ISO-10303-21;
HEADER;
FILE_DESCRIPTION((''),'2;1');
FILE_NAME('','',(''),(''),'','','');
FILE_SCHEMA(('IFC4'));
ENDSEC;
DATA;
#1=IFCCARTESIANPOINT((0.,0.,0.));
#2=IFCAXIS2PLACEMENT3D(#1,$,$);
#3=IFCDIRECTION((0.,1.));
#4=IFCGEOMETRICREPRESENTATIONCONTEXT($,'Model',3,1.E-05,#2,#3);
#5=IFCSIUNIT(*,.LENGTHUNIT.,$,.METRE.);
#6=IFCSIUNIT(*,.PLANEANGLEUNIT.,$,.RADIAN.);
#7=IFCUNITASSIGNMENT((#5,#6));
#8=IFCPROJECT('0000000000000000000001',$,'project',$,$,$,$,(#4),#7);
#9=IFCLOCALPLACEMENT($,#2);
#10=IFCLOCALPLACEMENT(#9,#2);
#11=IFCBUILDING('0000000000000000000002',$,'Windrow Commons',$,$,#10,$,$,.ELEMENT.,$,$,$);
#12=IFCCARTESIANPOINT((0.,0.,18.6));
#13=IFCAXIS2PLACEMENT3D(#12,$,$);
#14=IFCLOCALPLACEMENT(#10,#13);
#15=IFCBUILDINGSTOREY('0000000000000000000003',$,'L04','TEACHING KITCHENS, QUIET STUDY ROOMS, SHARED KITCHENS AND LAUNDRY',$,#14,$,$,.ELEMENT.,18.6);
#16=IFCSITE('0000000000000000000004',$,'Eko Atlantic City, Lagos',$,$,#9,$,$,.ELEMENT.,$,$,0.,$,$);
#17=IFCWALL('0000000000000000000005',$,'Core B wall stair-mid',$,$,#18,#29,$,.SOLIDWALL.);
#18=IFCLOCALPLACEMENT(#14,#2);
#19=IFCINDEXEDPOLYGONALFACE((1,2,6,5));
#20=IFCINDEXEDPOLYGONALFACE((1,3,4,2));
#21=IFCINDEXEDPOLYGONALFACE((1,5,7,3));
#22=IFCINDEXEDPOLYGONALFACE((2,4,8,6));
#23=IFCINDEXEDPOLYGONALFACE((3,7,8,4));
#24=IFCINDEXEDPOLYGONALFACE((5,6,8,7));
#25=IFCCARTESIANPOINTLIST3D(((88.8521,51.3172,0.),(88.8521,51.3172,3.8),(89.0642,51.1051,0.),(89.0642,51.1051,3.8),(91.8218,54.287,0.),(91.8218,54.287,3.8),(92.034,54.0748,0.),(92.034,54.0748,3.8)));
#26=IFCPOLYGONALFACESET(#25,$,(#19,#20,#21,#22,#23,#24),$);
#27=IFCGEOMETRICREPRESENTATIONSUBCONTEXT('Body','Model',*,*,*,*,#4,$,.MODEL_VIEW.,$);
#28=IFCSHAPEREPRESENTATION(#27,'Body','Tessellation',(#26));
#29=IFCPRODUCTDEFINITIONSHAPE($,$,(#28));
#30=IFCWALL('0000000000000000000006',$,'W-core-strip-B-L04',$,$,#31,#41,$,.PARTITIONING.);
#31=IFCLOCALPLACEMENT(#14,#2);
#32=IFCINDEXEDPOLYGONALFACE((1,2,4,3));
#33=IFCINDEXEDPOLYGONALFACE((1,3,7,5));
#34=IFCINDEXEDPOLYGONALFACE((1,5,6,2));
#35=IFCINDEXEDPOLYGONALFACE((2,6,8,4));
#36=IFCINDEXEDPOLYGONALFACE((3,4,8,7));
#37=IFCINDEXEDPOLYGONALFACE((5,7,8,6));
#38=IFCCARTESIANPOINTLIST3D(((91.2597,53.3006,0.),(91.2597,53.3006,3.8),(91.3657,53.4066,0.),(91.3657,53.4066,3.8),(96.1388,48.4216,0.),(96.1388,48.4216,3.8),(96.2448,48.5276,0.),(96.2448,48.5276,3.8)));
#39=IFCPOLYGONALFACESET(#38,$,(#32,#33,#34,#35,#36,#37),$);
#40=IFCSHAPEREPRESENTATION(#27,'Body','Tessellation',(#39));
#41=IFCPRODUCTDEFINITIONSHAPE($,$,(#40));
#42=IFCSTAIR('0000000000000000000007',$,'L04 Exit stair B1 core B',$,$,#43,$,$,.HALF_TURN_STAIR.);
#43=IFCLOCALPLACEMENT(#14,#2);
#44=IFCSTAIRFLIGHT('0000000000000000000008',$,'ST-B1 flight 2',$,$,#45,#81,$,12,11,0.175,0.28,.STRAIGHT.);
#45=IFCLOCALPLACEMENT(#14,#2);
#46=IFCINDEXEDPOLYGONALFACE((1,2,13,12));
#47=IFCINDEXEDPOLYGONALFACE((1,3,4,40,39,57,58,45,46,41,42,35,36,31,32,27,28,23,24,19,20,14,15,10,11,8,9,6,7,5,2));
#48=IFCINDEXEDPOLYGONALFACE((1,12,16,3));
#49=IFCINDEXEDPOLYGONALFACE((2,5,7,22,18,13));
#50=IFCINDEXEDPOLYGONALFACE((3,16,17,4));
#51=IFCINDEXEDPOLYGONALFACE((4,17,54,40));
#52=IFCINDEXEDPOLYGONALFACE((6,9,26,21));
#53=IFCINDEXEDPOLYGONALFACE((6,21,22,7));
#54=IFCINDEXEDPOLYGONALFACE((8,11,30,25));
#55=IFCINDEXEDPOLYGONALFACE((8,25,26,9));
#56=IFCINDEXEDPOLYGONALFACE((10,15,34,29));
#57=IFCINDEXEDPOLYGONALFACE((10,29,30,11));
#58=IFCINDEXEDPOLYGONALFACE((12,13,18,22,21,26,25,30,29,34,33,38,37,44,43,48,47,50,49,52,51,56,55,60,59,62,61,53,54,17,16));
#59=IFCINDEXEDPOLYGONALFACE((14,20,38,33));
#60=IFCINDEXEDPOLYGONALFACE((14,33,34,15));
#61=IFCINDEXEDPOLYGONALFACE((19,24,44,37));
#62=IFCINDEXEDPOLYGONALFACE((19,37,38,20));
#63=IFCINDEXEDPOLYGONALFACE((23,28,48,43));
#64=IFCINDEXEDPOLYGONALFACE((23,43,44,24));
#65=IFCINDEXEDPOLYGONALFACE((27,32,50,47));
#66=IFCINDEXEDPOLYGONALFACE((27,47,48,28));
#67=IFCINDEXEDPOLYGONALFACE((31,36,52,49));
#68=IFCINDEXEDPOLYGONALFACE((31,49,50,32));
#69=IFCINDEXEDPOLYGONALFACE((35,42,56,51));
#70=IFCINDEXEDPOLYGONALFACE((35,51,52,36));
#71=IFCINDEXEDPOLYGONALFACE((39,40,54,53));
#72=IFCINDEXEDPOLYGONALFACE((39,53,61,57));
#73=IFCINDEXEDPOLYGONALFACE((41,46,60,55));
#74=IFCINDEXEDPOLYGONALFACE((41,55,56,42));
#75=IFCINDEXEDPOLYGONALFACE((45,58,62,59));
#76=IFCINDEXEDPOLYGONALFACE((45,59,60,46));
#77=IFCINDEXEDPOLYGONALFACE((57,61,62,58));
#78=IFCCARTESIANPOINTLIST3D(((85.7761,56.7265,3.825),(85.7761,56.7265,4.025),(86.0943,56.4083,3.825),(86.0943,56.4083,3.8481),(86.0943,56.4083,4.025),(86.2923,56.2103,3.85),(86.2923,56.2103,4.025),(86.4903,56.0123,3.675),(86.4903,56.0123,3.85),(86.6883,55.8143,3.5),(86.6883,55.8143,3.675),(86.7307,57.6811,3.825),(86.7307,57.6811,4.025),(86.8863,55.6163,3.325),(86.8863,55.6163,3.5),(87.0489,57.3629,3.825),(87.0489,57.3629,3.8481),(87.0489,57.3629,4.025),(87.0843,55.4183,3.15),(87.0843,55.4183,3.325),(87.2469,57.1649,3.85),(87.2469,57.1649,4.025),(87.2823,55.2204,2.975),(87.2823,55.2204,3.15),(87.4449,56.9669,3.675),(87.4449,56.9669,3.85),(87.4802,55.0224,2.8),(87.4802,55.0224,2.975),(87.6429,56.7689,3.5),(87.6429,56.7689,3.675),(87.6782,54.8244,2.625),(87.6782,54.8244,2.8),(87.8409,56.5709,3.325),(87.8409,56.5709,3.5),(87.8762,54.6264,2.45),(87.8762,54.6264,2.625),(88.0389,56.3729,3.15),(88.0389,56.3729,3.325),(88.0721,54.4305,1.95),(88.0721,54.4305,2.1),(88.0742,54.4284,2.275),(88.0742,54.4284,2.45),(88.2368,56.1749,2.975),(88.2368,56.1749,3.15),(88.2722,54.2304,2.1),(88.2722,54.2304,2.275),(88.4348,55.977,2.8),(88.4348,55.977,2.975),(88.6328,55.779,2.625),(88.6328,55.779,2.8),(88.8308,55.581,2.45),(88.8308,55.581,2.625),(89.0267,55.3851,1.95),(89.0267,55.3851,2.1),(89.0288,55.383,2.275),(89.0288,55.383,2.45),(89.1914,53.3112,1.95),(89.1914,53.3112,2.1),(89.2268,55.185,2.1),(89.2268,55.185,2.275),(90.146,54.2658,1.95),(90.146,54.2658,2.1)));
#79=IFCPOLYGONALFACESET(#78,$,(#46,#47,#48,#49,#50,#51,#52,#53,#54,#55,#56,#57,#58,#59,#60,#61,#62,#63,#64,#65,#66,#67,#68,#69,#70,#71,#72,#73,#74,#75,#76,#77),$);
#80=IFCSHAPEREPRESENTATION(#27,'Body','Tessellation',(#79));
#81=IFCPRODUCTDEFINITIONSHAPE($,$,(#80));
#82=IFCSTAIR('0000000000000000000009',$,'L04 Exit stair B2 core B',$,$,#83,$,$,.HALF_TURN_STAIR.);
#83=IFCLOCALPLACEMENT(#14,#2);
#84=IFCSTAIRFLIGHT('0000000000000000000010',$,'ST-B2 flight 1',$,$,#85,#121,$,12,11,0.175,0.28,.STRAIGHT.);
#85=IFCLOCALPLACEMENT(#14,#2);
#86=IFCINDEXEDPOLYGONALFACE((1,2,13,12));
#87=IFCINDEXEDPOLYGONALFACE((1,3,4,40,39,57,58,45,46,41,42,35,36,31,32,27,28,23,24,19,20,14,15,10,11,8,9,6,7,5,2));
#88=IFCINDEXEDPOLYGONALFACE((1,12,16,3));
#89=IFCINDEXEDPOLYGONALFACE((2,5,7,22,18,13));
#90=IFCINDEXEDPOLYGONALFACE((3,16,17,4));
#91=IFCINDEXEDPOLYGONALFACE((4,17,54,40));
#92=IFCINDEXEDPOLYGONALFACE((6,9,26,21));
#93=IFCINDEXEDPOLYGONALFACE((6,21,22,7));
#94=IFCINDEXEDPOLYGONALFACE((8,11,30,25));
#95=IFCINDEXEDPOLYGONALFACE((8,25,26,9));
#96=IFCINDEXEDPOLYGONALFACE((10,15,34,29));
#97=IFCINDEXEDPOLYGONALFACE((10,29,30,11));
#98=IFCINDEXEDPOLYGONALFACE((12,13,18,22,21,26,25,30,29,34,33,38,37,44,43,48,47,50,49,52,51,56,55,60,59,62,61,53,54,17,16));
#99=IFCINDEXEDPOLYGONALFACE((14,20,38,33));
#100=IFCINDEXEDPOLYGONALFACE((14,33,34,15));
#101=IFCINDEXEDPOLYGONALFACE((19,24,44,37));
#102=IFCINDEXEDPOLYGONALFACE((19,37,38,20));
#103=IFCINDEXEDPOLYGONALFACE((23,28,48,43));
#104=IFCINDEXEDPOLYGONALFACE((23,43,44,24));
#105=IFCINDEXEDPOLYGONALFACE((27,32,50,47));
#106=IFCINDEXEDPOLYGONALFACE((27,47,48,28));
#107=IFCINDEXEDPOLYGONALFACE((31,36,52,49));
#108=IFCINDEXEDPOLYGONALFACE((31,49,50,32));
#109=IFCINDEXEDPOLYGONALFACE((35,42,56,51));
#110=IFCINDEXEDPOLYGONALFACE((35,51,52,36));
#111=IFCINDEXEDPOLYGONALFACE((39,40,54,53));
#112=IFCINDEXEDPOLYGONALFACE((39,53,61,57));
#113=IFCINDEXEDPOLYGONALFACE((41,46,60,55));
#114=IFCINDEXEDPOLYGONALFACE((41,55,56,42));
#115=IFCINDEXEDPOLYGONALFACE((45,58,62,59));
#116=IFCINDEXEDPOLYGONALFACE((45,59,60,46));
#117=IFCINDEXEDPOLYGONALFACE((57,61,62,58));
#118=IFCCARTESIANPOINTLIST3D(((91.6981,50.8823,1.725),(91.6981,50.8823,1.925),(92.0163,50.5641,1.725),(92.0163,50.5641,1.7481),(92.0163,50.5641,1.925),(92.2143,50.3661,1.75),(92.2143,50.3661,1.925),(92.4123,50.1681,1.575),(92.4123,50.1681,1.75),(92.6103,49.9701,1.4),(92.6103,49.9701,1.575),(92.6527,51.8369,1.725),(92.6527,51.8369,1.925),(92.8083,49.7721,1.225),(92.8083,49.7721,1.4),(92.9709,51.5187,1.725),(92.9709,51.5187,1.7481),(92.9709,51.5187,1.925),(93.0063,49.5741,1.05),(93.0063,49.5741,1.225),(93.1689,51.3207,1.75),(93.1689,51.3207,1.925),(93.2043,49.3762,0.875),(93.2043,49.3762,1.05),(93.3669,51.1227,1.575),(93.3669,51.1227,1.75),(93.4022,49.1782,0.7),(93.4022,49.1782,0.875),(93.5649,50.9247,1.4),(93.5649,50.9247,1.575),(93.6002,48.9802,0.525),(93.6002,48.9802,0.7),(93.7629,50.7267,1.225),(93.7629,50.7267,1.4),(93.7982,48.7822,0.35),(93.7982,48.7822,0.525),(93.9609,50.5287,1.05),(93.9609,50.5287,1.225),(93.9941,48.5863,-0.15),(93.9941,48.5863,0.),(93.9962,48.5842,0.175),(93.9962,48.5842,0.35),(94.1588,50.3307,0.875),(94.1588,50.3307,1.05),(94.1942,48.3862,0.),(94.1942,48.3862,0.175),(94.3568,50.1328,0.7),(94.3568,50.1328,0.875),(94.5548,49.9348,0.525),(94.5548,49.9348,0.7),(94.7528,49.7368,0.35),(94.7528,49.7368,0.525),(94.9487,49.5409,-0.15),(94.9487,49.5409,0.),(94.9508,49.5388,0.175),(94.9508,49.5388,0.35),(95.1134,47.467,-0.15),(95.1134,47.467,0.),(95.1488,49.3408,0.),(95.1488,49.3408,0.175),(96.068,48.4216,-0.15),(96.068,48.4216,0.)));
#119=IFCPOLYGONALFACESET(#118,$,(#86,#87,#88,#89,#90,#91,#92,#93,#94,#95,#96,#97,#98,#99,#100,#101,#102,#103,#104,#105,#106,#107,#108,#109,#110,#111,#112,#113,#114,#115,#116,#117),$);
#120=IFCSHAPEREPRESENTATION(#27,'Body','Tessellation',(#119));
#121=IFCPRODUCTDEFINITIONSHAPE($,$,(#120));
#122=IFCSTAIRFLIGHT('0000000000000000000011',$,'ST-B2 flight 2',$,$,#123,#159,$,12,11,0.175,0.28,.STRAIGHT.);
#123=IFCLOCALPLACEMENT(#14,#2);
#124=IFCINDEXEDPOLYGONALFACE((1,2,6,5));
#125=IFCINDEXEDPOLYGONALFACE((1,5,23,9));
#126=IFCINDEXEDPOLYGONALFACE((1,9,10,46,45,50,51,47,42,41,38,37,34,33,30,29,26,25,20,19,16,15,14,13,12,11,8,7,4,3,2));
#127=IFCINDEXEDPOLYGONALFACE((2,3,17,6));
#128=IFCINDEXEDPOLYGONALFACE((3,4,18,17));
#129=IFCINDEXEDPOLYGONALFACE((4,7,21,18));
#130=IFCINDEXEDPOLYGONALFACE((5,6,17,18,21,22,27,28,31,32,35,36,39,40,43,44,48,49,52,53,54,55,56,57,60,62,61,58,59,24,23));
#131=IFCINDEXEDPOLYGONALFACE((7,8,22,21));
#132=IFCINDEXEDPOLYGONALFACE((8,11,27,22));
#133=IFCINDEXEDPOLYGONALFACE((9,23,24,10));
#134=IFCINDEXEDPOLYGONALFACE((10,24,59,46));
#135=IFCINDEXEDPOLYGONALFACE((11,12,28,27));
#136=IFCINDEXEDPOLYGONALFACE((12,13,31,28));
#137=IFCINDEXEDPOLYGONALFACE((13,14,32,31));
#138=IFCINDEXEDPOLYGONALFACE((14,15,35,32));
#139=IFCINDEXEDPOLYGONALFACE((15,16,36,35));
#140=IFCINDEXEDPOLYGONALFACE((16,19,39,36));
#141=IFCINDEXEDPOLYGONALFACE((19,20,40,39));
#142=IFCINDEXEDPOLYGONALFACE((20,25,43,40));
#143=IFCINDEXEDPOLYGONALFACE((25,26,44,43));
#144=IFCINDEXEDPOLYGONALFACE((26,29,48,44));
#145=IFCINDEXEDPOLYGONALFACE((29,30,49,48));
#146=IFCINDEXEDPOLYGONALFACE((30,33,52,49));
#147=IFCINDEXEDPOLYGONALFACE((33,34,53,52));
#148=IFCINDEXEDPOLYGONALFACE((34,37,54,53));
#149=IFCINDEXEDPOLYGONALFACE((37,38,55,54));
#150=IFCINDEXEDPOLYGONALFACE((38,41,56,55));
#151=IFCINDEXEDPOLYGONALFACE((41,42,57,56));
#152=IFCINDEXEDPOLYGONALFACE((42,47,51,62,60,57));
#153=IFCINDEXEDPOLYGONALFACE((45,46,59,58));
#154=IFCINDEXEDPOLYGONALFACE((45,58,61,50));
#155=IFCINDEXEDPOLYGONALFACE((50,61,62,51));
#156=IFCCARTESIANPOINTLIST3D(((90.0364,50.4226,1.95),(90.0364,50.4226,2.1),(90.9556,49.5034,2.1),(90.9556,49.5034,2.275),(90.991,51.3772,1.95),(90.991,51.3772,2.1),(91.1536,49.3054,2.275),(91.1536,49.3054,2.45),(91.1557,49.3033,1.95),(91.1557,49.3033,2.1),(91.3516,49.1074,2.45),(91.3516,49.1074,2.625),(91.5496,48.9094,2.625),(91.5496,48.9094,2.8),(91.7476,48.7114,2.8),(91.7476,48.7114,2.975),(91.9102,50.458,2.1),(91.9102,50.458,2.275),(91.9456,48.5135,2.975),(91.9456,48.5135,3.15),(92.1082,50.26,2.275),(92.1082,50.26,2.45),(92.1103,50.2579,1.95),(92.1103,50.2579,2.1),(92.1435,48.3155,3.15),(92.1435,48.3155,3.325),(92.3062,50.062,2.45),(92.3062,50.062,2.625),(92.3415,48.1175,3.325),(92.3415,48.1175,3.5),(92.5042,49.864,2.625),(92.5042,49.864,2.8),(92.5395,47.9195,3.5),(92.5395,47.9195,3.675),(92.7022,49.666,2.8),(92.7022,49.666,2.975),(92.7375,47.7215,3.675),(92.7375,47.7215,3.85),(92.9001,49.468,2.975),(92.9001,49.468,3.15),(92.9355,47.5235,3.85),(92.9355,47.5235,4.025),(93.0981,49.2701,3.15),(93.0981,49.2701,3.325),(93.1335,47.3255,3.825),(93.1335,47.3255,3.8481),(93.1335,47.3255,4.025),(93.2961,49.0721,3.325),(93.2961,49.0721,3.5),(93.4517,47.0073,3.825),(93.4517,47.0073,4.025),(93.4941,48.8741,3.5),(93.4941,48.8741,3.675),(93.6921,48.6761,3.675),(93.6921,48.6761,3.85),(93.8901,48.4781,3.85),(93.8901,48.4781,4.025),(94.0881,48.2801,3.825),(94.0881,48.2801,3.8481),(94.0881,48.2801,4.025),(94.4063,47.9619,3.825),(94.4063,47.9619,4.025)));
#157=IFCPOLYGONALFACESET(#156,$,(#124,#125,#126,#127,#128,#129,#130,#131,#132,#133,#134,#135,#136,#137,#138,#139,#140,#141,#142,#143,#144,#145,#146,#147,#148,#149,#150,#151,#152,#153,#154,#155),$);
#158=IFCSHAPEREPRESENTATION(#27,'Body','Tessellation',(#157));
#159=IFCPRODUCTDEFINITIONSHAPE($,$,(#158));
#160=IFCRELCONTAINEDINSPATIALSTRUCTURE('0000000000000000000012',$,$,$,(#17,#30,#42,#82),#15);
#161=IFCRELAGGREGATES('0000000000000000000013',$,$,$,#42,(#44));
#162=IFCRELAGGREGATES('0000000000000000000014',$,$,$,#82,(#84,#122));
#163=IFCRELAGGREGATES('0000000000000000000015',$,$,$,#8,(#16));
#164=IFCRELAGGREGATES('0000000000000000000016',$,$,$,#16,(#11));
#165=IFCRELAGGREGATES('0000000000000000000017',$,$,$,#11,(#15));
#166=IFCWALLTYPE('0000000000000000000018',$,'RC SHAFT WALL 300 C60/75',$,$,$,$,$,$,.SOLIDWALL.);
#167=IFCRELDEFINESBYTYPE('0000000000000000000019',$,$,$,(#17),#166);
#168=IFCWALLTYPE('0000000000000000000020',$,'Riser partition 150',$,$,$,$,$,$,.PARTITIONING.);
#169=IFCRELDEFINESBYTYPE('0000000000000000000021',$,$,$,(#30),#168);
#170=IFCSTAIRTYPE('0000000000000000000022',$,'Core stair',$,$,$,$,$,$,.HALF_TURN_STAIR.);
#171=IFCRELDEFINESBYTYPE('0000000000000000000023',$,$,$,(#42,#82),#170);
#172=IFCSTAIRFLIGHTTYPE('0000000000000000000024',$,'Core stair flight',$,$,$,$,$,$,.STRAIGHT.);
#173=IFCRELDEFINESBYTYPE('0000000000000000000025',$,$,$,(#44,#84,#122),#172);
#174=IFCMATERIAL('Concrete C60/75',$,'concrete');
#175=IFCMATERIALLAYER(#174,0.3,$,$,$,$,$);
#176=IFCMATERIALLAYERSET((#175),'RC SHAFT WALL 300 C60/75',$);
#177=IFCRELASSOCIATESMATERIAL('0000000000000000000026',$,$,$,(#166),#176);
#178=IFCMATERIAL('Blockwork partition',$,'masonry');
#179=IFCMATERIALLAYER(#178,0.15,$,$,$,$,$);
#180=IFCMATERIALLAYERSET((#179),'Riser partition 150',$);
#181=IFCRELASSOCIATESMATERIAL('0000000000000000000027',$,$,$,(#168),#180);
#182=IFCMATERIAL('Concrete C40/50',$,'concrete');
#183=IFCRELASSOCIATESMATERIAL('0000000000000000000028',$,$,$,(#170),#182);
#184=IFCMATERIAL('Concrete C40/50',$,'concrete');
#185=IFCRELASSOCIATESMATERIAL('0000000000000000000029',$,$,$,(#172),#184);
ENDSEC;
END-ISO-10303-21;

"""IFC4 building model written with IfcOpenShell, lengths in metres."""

from ifc_helpers import new_model, si_unit, direction, frame, frame_2d, origin, place, context, subcontext, project, spatial, polyline, rectangle, outline, extrude, material, layer, layer_set, type_object, element, aggregate, save


model = new_model("IFC4")

# Units and contexts
model_context = context("Model", 3, precision=1e-05, world=origin(), true_north=direction((0.0, 1.0)))
body_context = subcontext(model_context, "Body", "Model", "MODEL_VIEW")
ifc_project = project(units=[si_unit("LENGTHUNIT", "METRE"), si_unit("PLANEANGLEUNIT", "RADIAN")], contexts=[model_context])

# Site, building, storey
site_placement = place(None, origin())
site = spatial("IfcSite", under=ifc_project, at=site_placement, Name="Eko Atlantic City, Lagos", CompositionType="ELEMENT", RefElevation=0.0)
building_placement = place(site_placement, origin())
building = spatial("IfcBuilding", under=site, at=building_placement, Name="Windrow Commons", CompositionType="ELEMENT")
storey_placement = place(building_placement, frame((0.0, 0.0, 18.6)))
storey = spatial("IfcBuildingStorey", under=building, at=storey_placement, Name="L04", Description="TEACHING KITCHENS, QUIET STUDY ROOMS, SHARED KITCHENS AND LAUNDRY", CompositionType="ELEMENT", Elevation=18.6)

# Shared definitions
ifc_material_1 = material(Name="Concrete C60/75", Category="concrete")
ifc_layer_1 = layer(ifc_material_1, 0.3)
ifc_layer_set_1 = layer_set([ifc_layer_1], Name="RC SHAFT WALL 300 C60/75")
wall_type_1 = type_object("IfcWallType", Name="RC SHAFT WALL 300 C60/75", PredefinedType="SOLIDWALL", material=ifc_layer_set_1)

# Walls
wall_1_placement = place(storey_placement, frame((88.9581, 51.2111, 0.0), z_axis=(0.0, 0.0, 1.0), x_axis=(0.707107, 0.707107, 0.0)))
element("IfcWall", 1, at=wall_1_placement, inside=storey, type_object=wall_type_1, Name="Core B wall stair-mid", PredefinedType="SOLIDWALL", context=body_context, shape_type="SweptSolid", body=[
    extrude(rectangle(XDim=4.1999, YDim=0.3, at=frame_2d((2.1, 0.0))), origin(), (0.0, 0.0, 1.0), 3.8),
])
ifc_material_2 = material(Name="Blockwork partition", Category="masonry")
ifc_layer_2 = layer(ifc_material_2, 0.15)
ifc_layer_set_2 = layer_set([ifc_layer_2], Name="Riser partition 150")
wall_type_2 = type_object("IfcWallType", Name="Riser partition 150", PredefinedType="PARTITIONING", material=ifc_layer_set_2)
wall_2_placement = place(storey_placement, frame((91.3127, 53.3536, 0.0), z_axis=(0.0, 0.0, 1.0), x_axis=(0.707114, -0.7071, 0.0)))
element("IfcWall", 2, at=wall_2_placement, inside=storey, type_object=wall_type_2, Name="W-core-strip-B-L04", PredefinedType="PARTITIONING", context=body_context, shape_type="SweptSolid", body=[
    extrude(rectangle(XDim=6.9, YDim=0.15, at=frame_2d((3.45, 0.0))), origin(), (0.0, 0.0, 1.0), 3.8),
])

# Stair, stair flight
ifc_material_3 = material(Name="Concrete C40/50", Category="concrete")
stair_type = type_object("IfcStairType", Name="Core stair", PredefinedType="HALF_TURN_STAIR", material=ifc_material_3)
placement = place(storey_placement, origin())
stair_1 = element("IfcStair", 3, at=placement, inside=storey, type_object=stair_type, Name="L04 Exit stair B1 core B", PredefinedType="HALF_TURN_STAIR")
ifc_material_4 = material(Name="Concrete C40/50", Category="concrete")
stair_flight_type = type_object("IfcStairFlightType", Name="Core stair flight", PredefinedType="STRAIGHT", material=ifc_material_4)
stair_flight_1_placement = place(storey_placement, frame((88.7495, 54.7077, 2.1), z_axis=(0.0, 0.0, 1.0), x_axis=(-0.707107, 0.707107, 0.0)))
stair_flight_1 = element("IfcStairFlight", 4, at=stair_flight_1_placement, type_object=stair_flight_type, Name="ST-B1 flight 2", NumberOfRisers=12, NumberOfTreads=11, PredefinedType="STRAIGHT", RiserHeight=0.175, TreadLength=0.28, context=body_context, shape_type="SweptSolid", body=[
    extrude(outline(polyline([(-1.3, -0.15), (-1.3, 0.0), (0.0, 0.0), (0.0, 0.175), (0.28, 0.175), (0.28, 0.35), (0.56, 0.35), (0.56, 0.525), (0.84, 0.525), (0.84, 0.7), (1.12, 0.7), (1.12, 0.875), (1.4, 0.875), (1.4, 1.05), (1.68, 1.05), (1.68, 1.225), (1.96, 1.225), (1.96, 1.4), (2.24, 1.4), (2.24, 1.575), (2.52, 1.575), (2.52, 1.75), (2.8, 1.75), (2.8, 1.925), (3.08, 1.925), (3.53, 1.925), (3.53, 1.725), (3.08, 1.725), (3.08, 1.7481), (0.283, 0.0), (0.283, -0.15), (-1.3, -0.15)])), frame((0.0, 0.675, 0.0), z_axis=(0.0, -1.0, 0.0), x_axis=(1.0, 0.0, 0.0)), (0.0, 0.0, 1.0), 1.35),
])
aggregate(stair_1, [stair_flight_1])

# Stair, stair flights
stair_2 = element("IfcStair", 5, at=placement, inside=storey, type_object=stair_type, Name="L04 Exit stair B2 core B", PredefinedType="HALF_TURN_STAIR")
stair_flight_2_placement = place(storey_placement, frame((94.6715, 48.8635, 0.0), z_axis=(0.0, 0.0, 1.0), x_axis=(-0.707107, 0.707107, 0.0)))
stair_flight_2 = element("IfcStairFlight", 6, at=stair_flight_2_placement, type_object=stair_flight_type, Name="ST-B2 flight 1", NumberOfRisers=12, NumberOfTreads=11, PredefinedType="STRAIGHT", RiserHeight=0.175, TreadLength=0.28, context=body_context, shape_type="SweptSolid", body=[
    extrude(outline(polyline([(-1.3, -0.15), (-1.3, 0.0), (0.0, 0.0), (0.0, 0.175), (0.28, 0.175), (0.28, 0.35), (0.56, 0.35), (0.56, 0.525), (0.84, 0.525), (0.84, 0.7), (1.12, 0.7), (1.12, 0.875), (1.4, 0.875), (1.4, 1.05), (1.68, 1.05), (1.68, 1.225), (1.96, 1.225), (1.96, 1.4), (2.24, 1.4), (2.24, 1.575), (2.52, 1.575), (2.52, 1.75), (2.8, 1.75), (2.8, 1.925), (3.08, 1.925), (3.53, 1.925), (3.53, 1.725), (3.08, 1.725), (3.08, 1.7481), (0.283, 0.0), (0.283, -0.15), (-1.3, -0.15)])), frame((0.0, 0.675, 0.0), z_axis=(0.0, -1.0, 0.0), x_axis=(1.0, 0.0, 0.0)), (0.0, 0.0, 1.0), 1.35),
])
stair_flight_3_placement = place(storey_placement, frame((91.4329, 49.9807, 2.1), z_axis=(0.0, 0.0, 1.0), x_axis=(0.707107, -0.707107, 0.0)))
stair_flight_3 = element("IfcStairFlight", 7, at=stair_flight_3_placement, type_object=stair_flight_type, Name="ST-B2 flight 2", NumberOfRisers=12, NumberOfTreads=11, PredefinedType="STRAIGHT", RiserHeight=0.175, TreadLength=0.28, context=body_context, shape_type="SweptSolid", body=[
    extrude(outline(polyline([(-1.3, -0.15), (-1.3, 0.0), (0.0, 0.0), (0.0, 0.175), (0.28, 0.175), (0.28, 0.35), (0.56, 0.35), (0.56, 0.525), (0.84, 0.525), (0.84, 0.7), (1.12, 0.7), (1.12, 0.875), (1.4, 0.875), (1.4, 1.05), (1.68, 1.05), (1.68, 1.225), (1.96, 1.225), (1.96, 1.4), (2.24, 1.4), (2.24, 1.575), (2.52, 1.575), (2.52, 1.75), (2.8, 1.75), (2.8, 1.925), (3.08, 1.925), (3.53, 1.925), (3.53, 1.725), (3.08, 1.725), (3.08, 1.7481), (0.283, 0.0), (0.283, -0.15), (-1.3, -0.15)])), frame((0.0, 0.675, 0.0), z_axis=(0.0, -1.0, 0.0), x_axis=(1.0, 0.0, 0.0)), (0.0, 0.0, 1.0), 1.35),
])
aggregate(stair_2, [stair_flight_2, stair_flight_3])

save(model, "model.ifc")
